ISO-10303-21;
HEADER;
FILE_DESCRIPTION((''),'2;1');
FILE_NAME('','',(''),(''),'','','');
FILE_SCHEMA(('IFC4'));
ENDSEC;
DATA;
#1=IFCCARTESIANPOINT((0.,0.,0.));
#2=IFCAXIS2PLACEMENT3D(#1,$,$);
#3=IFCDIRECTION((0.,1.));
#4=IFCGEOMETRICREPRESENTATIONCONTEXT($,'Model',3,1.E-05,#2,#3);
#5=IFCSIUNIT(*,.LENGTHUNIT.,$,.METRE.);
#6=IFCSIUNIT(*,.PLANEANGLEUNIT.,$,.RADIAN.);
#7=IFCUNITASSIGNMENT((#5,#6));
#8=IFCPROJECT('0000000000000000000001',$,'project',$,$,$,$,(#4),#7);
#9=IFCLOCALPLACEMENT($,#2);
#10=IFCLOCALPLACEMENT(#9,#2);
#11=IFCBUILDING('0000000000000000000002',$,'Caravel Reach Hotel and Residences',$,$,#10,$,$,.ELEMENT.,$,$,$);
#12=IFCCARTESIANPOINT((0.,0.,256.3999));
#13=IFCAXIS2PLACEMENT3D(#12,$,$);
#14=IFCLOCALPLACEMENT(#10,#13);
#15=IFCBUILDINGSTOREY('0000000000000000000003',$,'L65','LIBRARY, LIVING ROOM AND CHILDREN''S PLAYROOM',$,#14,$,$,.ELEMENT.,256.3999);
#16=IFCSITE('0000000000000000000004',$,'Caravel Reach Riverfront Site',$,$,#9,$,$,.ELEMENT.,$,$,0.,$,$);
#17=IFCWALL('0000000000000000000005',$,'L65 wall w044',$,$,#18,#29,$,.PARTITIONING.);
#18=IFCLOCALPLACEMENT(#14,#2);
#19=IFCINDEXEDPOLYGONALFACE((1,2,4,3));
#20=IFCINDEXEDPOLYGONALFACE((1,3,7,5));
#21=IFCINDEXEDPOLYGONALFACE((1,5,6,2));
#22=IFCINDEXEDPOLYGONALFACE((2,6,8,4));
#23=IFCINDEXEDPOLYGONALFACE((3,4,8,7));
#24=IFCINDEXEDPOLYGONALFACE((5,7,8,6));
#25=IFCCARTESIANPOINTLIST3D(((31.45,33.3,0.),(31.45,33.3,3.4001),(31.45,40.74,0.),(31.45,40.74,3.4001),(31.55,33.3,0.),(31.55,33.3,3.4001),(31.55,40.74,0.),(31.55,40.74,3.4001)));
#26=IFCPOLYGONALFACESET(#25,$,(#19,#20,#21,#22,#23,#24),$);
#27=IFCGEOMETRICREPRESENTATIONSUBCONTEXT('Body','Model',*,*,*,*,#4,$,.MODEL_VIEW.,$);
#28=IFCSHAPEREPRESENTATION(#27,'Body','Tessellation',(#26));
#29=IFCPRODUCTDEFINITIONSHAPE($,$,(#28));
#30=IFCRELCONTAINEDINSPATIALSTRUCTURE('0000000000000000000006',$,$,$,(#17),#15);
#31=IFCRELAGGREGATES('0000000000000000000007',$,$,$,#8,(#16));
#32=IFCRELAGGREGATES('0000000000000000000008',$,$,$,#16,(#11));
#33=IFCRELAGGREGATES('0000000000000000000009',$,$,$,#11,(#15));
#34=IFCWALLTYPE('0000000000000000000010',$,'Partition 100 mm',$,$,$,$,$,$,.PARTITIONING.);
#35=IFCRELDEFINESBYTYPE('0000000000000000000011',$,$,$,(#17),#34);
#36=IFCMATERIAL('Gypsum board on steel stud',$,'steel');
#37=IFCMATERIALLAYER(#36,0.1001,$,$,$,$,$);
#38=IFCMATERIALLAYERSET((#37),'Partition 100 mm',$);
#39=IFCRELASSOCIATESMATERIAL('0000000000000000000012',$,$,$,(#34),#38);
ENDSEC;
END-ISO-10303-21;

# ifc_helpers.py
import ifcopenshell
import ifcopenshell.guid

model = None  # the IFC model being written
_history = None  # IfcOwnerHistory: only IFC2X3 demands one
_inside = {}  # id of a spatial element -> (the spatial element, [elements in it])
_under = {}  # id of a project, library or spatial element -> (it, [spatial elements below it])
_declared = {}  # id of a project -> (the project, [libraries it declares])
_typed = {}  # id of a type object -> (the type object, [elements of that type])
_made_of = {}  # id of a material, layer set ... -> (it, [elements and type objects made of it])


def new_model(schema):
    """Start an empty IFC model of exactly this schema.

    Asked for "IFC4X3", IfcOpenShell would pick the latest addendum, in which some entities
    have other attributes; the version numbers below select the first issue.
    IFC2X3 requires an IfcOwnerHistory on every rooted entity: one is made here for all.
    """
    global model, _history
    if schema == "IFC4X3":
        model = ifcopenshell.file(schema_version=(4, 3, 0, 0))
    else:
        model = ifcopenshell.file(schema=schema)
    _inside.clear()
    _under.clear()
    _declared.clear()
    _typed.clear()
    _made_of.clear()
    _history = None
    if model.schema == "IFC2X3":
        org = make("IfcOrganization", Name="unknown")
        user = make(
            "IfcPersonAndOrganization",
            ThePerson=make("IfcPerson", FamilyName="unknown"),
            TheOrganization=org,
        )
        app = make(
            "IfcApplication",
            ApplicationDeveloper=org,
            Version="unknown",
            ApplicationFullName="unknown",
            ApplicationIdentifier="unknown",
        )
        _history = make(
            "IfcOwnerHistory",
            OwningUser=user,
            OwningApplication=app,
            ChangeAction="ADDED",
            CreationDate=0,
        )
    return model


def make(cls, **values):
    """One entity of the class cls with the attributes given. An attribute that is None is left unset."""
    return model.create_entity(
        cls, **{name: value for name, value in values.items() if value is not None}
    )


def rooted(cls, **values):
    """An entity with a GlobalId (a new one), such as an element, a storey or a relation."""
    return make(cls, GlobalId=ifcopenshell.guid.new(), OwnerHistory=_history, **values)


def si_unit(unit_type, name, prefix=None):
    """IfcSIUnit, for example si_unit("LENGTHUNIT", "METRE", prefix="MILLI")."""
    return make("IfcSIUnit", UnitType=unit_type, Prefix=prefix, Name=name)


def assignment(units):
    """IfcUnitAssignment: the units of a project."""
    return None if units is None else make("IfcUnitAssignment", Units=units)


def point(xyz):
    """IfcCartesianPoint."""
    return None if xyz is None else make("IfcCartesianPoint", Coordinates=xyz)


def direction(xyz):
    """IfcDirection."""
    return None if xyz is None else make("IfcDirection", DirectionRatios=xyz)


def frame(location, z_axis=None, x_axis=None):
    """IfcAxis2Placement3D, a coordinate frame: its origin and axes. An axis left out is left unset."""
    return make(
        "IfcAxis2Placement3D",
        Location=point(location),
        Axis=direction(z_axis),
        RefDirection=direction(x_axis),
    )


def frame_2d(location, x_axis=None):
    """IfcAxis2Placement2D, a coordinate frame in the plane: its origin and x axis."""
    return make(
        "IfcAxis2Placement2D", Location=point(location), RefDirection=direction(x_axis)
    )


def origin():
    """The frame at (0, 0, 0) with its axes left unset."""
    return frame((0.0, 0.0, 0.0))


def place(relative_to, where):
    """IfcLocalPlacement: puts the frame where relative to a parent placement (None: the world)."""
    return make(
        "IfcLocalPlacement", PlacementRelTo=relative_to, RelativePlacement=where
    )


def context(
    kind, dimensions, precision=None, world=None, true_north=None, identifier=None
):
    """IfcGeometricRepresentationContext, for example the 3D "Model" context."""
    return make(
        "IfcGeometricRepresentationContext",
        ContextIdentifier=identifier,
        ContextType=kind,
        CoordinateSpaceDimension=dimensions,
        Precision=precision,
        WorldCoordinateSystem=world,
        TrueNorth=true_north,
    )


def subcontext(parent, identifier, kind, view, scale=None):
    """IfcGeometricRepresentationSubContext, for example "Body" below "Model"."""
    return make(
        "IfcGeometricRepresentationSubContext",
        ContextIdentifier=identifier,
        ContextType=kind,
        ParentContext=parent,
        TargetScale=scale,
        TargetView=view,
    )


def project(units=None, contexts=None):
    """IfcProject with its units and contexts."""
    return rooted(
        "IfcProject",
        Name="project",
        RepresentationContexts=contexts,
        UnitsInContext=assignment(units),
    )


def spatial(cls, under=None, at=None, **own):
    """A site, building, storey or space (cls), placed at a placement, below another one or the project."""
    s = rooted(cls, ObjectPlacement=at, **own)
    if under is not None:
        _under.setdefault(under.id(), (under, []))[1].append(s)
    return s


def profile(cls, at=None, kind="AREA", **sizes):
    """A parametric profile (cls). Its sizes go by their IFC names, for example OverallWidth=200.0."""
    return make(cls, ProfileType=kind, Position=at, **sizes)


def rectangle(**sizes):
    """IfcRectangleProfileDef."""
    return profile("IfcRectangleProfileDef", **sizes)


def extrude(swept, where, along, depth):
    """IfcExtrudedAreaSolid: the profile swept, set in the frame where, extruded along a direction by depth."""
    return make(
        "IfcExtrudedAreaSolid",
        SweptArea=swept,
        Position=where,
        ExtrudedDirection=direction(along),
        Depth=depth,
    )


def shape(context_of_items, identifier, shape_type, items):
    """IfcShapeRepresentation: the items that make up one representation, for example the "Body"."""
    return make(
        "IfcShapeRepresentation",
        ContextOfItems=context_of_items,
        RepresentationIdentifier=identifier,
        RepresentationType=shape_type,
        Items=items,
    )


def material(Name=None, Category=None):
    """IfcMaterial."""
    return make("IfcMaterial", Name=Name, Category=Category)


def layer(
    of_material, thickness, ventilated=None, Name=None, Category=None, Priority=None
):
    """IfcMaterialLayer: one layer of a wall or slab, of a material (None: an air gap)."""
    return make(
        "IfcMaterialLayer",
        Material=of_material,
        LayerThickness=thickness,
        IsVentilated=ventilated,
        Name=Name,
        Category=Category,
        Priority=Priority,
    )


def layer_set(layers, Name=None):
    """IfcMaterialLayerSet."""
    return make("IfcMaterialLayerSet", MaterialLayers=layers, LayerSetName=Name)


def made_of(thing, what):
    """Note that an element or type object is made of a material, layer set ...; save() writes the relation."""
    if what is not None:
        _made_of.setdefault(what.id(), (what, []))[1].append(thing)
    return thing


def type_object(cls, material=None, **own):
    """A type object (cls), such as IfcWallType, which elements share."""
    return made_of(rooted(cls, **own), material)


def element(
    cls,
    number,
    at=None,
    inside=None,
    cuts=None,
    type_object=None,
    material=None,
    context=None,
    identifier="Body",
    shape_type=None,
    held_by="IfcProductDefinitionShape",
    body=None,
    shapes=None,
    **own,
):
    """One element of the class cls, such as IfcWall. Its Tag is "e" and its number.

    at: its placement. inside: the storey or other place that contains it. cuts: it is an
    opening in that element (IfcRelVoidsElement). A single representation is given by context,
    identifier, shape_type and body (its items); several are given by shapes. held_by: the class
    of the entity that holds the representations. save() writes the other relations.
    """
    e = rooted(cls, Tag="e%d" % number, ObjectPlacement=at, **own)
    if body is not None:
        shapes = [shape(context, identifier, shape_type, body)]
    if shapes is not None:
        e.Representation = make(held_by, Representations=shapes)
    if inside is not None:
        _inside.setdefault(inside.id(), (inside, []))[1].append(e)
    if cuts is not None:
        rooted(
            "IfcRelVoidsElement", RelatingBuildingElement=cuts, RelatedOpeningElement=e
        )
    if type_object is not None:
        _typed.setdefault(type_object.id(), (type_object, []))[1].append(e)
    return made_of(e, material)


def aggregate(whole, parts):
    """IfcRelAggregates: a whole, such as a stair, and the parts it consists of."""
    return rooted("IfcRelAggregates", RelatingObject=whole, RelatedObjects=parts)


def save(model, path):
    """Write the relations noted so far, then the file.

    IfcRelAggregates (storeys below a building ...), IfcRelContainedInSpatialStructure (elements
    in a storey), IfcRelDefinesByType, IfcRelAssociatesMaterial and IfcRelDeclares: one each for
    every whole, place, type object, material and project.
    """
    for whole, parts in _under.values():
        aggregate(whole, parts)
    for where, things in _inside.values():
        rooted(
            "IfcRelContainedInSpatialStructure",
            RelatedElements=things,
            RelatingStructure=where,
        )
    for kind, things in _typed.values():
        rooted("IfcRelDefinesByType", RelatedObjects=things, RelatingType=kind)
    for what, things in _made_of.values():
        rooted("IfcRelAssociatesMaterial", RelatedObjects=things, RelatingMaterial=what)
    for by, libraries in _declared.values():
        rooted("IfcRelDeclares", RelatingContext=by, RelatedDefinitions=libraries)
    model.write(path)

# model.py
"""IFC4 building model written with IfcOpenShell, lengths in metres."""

from ifc_helpers import new_model, si_unit, direction, frame, frame_2d, origin, place, context, subcontext, project, spatial, rectangle, extrude, material, layer, layer_set, type_object, element, save


model = new_model("IFC4")

# Units and contexts
model_context = context("Model", 3, precision=1e-05, world=origin(), true_north=direction((0.0, 1.0)))
body_context = subcontext(model_context, "Body", "Model", "MODEL_VIEW")
ifc_project = project(units=[si_unit("LENGTHUNIT", "METRE"), si_unit("PLANEANGLEUNIT", "RADIAN")], contexts=[model_context])

# Site, building, storey
site_placement = place(None, origin())
site = spatial("IfcSite", under=ifc_project, at=site_placement, Name="Caravel Reach Riverfront Site", CompositionType="ELEMENT", RefElevation=0.0)
building_placement = place(site_placement, origin())
building = spatial("IfcBuilding", under=site, at=building_placement, Name="Caravel Reach Hotel and Residences", CompositionType="ELEMENT")
storey_placement = place(building_placement, frame((0.0, 0.0, 256.3999)))
storey = spatial("IfcBuildingStorey", under=building, at=storey_placement, Name="L65", Description="LIBRARY, LIVING ROOM AND CHILDREN'S PLAYROOM", CompositionType="ELEMENT", Elevation=256.3999)

# Shared definitions
ifc_material_1 = material(Name="Gypsum board on steel stud", Category="steel")
ifc_layer_1 = layer(ifc_material_1, 0.1001)
ifc_layer_set_1 = layer_set([ifc_layer_1], Name="Partition 100 mm")
wall_type_1 = type_object("IfcWallType", Name="Partition 100 mm", PredefinedType="PARTITIONING", material=ifc_layer_set_1)

# Wall
wall_1_placement = place(storey_placement, frame((31.5, 33.3, 0.0), z_axis=(0.0, 0.0, 1.0), x_axis=(0.0, 1.0, 0.0)))
element("IfcWall", 1, at=wall_1_placement, inside=storey, type_object=wall_type_1, Name="L65 wall w044", PredefinedType="PARTITIONING", context=body_context, shape_type="SweptSolid", body=[
    extrude(rectangle(XDim=7.4399, YDim=0.1001, at=frame_2d((3.72, 0.0))), origin(), (0.0, 0.0, 1.0), 3.4001),
])

save(model, "model.ifc")
